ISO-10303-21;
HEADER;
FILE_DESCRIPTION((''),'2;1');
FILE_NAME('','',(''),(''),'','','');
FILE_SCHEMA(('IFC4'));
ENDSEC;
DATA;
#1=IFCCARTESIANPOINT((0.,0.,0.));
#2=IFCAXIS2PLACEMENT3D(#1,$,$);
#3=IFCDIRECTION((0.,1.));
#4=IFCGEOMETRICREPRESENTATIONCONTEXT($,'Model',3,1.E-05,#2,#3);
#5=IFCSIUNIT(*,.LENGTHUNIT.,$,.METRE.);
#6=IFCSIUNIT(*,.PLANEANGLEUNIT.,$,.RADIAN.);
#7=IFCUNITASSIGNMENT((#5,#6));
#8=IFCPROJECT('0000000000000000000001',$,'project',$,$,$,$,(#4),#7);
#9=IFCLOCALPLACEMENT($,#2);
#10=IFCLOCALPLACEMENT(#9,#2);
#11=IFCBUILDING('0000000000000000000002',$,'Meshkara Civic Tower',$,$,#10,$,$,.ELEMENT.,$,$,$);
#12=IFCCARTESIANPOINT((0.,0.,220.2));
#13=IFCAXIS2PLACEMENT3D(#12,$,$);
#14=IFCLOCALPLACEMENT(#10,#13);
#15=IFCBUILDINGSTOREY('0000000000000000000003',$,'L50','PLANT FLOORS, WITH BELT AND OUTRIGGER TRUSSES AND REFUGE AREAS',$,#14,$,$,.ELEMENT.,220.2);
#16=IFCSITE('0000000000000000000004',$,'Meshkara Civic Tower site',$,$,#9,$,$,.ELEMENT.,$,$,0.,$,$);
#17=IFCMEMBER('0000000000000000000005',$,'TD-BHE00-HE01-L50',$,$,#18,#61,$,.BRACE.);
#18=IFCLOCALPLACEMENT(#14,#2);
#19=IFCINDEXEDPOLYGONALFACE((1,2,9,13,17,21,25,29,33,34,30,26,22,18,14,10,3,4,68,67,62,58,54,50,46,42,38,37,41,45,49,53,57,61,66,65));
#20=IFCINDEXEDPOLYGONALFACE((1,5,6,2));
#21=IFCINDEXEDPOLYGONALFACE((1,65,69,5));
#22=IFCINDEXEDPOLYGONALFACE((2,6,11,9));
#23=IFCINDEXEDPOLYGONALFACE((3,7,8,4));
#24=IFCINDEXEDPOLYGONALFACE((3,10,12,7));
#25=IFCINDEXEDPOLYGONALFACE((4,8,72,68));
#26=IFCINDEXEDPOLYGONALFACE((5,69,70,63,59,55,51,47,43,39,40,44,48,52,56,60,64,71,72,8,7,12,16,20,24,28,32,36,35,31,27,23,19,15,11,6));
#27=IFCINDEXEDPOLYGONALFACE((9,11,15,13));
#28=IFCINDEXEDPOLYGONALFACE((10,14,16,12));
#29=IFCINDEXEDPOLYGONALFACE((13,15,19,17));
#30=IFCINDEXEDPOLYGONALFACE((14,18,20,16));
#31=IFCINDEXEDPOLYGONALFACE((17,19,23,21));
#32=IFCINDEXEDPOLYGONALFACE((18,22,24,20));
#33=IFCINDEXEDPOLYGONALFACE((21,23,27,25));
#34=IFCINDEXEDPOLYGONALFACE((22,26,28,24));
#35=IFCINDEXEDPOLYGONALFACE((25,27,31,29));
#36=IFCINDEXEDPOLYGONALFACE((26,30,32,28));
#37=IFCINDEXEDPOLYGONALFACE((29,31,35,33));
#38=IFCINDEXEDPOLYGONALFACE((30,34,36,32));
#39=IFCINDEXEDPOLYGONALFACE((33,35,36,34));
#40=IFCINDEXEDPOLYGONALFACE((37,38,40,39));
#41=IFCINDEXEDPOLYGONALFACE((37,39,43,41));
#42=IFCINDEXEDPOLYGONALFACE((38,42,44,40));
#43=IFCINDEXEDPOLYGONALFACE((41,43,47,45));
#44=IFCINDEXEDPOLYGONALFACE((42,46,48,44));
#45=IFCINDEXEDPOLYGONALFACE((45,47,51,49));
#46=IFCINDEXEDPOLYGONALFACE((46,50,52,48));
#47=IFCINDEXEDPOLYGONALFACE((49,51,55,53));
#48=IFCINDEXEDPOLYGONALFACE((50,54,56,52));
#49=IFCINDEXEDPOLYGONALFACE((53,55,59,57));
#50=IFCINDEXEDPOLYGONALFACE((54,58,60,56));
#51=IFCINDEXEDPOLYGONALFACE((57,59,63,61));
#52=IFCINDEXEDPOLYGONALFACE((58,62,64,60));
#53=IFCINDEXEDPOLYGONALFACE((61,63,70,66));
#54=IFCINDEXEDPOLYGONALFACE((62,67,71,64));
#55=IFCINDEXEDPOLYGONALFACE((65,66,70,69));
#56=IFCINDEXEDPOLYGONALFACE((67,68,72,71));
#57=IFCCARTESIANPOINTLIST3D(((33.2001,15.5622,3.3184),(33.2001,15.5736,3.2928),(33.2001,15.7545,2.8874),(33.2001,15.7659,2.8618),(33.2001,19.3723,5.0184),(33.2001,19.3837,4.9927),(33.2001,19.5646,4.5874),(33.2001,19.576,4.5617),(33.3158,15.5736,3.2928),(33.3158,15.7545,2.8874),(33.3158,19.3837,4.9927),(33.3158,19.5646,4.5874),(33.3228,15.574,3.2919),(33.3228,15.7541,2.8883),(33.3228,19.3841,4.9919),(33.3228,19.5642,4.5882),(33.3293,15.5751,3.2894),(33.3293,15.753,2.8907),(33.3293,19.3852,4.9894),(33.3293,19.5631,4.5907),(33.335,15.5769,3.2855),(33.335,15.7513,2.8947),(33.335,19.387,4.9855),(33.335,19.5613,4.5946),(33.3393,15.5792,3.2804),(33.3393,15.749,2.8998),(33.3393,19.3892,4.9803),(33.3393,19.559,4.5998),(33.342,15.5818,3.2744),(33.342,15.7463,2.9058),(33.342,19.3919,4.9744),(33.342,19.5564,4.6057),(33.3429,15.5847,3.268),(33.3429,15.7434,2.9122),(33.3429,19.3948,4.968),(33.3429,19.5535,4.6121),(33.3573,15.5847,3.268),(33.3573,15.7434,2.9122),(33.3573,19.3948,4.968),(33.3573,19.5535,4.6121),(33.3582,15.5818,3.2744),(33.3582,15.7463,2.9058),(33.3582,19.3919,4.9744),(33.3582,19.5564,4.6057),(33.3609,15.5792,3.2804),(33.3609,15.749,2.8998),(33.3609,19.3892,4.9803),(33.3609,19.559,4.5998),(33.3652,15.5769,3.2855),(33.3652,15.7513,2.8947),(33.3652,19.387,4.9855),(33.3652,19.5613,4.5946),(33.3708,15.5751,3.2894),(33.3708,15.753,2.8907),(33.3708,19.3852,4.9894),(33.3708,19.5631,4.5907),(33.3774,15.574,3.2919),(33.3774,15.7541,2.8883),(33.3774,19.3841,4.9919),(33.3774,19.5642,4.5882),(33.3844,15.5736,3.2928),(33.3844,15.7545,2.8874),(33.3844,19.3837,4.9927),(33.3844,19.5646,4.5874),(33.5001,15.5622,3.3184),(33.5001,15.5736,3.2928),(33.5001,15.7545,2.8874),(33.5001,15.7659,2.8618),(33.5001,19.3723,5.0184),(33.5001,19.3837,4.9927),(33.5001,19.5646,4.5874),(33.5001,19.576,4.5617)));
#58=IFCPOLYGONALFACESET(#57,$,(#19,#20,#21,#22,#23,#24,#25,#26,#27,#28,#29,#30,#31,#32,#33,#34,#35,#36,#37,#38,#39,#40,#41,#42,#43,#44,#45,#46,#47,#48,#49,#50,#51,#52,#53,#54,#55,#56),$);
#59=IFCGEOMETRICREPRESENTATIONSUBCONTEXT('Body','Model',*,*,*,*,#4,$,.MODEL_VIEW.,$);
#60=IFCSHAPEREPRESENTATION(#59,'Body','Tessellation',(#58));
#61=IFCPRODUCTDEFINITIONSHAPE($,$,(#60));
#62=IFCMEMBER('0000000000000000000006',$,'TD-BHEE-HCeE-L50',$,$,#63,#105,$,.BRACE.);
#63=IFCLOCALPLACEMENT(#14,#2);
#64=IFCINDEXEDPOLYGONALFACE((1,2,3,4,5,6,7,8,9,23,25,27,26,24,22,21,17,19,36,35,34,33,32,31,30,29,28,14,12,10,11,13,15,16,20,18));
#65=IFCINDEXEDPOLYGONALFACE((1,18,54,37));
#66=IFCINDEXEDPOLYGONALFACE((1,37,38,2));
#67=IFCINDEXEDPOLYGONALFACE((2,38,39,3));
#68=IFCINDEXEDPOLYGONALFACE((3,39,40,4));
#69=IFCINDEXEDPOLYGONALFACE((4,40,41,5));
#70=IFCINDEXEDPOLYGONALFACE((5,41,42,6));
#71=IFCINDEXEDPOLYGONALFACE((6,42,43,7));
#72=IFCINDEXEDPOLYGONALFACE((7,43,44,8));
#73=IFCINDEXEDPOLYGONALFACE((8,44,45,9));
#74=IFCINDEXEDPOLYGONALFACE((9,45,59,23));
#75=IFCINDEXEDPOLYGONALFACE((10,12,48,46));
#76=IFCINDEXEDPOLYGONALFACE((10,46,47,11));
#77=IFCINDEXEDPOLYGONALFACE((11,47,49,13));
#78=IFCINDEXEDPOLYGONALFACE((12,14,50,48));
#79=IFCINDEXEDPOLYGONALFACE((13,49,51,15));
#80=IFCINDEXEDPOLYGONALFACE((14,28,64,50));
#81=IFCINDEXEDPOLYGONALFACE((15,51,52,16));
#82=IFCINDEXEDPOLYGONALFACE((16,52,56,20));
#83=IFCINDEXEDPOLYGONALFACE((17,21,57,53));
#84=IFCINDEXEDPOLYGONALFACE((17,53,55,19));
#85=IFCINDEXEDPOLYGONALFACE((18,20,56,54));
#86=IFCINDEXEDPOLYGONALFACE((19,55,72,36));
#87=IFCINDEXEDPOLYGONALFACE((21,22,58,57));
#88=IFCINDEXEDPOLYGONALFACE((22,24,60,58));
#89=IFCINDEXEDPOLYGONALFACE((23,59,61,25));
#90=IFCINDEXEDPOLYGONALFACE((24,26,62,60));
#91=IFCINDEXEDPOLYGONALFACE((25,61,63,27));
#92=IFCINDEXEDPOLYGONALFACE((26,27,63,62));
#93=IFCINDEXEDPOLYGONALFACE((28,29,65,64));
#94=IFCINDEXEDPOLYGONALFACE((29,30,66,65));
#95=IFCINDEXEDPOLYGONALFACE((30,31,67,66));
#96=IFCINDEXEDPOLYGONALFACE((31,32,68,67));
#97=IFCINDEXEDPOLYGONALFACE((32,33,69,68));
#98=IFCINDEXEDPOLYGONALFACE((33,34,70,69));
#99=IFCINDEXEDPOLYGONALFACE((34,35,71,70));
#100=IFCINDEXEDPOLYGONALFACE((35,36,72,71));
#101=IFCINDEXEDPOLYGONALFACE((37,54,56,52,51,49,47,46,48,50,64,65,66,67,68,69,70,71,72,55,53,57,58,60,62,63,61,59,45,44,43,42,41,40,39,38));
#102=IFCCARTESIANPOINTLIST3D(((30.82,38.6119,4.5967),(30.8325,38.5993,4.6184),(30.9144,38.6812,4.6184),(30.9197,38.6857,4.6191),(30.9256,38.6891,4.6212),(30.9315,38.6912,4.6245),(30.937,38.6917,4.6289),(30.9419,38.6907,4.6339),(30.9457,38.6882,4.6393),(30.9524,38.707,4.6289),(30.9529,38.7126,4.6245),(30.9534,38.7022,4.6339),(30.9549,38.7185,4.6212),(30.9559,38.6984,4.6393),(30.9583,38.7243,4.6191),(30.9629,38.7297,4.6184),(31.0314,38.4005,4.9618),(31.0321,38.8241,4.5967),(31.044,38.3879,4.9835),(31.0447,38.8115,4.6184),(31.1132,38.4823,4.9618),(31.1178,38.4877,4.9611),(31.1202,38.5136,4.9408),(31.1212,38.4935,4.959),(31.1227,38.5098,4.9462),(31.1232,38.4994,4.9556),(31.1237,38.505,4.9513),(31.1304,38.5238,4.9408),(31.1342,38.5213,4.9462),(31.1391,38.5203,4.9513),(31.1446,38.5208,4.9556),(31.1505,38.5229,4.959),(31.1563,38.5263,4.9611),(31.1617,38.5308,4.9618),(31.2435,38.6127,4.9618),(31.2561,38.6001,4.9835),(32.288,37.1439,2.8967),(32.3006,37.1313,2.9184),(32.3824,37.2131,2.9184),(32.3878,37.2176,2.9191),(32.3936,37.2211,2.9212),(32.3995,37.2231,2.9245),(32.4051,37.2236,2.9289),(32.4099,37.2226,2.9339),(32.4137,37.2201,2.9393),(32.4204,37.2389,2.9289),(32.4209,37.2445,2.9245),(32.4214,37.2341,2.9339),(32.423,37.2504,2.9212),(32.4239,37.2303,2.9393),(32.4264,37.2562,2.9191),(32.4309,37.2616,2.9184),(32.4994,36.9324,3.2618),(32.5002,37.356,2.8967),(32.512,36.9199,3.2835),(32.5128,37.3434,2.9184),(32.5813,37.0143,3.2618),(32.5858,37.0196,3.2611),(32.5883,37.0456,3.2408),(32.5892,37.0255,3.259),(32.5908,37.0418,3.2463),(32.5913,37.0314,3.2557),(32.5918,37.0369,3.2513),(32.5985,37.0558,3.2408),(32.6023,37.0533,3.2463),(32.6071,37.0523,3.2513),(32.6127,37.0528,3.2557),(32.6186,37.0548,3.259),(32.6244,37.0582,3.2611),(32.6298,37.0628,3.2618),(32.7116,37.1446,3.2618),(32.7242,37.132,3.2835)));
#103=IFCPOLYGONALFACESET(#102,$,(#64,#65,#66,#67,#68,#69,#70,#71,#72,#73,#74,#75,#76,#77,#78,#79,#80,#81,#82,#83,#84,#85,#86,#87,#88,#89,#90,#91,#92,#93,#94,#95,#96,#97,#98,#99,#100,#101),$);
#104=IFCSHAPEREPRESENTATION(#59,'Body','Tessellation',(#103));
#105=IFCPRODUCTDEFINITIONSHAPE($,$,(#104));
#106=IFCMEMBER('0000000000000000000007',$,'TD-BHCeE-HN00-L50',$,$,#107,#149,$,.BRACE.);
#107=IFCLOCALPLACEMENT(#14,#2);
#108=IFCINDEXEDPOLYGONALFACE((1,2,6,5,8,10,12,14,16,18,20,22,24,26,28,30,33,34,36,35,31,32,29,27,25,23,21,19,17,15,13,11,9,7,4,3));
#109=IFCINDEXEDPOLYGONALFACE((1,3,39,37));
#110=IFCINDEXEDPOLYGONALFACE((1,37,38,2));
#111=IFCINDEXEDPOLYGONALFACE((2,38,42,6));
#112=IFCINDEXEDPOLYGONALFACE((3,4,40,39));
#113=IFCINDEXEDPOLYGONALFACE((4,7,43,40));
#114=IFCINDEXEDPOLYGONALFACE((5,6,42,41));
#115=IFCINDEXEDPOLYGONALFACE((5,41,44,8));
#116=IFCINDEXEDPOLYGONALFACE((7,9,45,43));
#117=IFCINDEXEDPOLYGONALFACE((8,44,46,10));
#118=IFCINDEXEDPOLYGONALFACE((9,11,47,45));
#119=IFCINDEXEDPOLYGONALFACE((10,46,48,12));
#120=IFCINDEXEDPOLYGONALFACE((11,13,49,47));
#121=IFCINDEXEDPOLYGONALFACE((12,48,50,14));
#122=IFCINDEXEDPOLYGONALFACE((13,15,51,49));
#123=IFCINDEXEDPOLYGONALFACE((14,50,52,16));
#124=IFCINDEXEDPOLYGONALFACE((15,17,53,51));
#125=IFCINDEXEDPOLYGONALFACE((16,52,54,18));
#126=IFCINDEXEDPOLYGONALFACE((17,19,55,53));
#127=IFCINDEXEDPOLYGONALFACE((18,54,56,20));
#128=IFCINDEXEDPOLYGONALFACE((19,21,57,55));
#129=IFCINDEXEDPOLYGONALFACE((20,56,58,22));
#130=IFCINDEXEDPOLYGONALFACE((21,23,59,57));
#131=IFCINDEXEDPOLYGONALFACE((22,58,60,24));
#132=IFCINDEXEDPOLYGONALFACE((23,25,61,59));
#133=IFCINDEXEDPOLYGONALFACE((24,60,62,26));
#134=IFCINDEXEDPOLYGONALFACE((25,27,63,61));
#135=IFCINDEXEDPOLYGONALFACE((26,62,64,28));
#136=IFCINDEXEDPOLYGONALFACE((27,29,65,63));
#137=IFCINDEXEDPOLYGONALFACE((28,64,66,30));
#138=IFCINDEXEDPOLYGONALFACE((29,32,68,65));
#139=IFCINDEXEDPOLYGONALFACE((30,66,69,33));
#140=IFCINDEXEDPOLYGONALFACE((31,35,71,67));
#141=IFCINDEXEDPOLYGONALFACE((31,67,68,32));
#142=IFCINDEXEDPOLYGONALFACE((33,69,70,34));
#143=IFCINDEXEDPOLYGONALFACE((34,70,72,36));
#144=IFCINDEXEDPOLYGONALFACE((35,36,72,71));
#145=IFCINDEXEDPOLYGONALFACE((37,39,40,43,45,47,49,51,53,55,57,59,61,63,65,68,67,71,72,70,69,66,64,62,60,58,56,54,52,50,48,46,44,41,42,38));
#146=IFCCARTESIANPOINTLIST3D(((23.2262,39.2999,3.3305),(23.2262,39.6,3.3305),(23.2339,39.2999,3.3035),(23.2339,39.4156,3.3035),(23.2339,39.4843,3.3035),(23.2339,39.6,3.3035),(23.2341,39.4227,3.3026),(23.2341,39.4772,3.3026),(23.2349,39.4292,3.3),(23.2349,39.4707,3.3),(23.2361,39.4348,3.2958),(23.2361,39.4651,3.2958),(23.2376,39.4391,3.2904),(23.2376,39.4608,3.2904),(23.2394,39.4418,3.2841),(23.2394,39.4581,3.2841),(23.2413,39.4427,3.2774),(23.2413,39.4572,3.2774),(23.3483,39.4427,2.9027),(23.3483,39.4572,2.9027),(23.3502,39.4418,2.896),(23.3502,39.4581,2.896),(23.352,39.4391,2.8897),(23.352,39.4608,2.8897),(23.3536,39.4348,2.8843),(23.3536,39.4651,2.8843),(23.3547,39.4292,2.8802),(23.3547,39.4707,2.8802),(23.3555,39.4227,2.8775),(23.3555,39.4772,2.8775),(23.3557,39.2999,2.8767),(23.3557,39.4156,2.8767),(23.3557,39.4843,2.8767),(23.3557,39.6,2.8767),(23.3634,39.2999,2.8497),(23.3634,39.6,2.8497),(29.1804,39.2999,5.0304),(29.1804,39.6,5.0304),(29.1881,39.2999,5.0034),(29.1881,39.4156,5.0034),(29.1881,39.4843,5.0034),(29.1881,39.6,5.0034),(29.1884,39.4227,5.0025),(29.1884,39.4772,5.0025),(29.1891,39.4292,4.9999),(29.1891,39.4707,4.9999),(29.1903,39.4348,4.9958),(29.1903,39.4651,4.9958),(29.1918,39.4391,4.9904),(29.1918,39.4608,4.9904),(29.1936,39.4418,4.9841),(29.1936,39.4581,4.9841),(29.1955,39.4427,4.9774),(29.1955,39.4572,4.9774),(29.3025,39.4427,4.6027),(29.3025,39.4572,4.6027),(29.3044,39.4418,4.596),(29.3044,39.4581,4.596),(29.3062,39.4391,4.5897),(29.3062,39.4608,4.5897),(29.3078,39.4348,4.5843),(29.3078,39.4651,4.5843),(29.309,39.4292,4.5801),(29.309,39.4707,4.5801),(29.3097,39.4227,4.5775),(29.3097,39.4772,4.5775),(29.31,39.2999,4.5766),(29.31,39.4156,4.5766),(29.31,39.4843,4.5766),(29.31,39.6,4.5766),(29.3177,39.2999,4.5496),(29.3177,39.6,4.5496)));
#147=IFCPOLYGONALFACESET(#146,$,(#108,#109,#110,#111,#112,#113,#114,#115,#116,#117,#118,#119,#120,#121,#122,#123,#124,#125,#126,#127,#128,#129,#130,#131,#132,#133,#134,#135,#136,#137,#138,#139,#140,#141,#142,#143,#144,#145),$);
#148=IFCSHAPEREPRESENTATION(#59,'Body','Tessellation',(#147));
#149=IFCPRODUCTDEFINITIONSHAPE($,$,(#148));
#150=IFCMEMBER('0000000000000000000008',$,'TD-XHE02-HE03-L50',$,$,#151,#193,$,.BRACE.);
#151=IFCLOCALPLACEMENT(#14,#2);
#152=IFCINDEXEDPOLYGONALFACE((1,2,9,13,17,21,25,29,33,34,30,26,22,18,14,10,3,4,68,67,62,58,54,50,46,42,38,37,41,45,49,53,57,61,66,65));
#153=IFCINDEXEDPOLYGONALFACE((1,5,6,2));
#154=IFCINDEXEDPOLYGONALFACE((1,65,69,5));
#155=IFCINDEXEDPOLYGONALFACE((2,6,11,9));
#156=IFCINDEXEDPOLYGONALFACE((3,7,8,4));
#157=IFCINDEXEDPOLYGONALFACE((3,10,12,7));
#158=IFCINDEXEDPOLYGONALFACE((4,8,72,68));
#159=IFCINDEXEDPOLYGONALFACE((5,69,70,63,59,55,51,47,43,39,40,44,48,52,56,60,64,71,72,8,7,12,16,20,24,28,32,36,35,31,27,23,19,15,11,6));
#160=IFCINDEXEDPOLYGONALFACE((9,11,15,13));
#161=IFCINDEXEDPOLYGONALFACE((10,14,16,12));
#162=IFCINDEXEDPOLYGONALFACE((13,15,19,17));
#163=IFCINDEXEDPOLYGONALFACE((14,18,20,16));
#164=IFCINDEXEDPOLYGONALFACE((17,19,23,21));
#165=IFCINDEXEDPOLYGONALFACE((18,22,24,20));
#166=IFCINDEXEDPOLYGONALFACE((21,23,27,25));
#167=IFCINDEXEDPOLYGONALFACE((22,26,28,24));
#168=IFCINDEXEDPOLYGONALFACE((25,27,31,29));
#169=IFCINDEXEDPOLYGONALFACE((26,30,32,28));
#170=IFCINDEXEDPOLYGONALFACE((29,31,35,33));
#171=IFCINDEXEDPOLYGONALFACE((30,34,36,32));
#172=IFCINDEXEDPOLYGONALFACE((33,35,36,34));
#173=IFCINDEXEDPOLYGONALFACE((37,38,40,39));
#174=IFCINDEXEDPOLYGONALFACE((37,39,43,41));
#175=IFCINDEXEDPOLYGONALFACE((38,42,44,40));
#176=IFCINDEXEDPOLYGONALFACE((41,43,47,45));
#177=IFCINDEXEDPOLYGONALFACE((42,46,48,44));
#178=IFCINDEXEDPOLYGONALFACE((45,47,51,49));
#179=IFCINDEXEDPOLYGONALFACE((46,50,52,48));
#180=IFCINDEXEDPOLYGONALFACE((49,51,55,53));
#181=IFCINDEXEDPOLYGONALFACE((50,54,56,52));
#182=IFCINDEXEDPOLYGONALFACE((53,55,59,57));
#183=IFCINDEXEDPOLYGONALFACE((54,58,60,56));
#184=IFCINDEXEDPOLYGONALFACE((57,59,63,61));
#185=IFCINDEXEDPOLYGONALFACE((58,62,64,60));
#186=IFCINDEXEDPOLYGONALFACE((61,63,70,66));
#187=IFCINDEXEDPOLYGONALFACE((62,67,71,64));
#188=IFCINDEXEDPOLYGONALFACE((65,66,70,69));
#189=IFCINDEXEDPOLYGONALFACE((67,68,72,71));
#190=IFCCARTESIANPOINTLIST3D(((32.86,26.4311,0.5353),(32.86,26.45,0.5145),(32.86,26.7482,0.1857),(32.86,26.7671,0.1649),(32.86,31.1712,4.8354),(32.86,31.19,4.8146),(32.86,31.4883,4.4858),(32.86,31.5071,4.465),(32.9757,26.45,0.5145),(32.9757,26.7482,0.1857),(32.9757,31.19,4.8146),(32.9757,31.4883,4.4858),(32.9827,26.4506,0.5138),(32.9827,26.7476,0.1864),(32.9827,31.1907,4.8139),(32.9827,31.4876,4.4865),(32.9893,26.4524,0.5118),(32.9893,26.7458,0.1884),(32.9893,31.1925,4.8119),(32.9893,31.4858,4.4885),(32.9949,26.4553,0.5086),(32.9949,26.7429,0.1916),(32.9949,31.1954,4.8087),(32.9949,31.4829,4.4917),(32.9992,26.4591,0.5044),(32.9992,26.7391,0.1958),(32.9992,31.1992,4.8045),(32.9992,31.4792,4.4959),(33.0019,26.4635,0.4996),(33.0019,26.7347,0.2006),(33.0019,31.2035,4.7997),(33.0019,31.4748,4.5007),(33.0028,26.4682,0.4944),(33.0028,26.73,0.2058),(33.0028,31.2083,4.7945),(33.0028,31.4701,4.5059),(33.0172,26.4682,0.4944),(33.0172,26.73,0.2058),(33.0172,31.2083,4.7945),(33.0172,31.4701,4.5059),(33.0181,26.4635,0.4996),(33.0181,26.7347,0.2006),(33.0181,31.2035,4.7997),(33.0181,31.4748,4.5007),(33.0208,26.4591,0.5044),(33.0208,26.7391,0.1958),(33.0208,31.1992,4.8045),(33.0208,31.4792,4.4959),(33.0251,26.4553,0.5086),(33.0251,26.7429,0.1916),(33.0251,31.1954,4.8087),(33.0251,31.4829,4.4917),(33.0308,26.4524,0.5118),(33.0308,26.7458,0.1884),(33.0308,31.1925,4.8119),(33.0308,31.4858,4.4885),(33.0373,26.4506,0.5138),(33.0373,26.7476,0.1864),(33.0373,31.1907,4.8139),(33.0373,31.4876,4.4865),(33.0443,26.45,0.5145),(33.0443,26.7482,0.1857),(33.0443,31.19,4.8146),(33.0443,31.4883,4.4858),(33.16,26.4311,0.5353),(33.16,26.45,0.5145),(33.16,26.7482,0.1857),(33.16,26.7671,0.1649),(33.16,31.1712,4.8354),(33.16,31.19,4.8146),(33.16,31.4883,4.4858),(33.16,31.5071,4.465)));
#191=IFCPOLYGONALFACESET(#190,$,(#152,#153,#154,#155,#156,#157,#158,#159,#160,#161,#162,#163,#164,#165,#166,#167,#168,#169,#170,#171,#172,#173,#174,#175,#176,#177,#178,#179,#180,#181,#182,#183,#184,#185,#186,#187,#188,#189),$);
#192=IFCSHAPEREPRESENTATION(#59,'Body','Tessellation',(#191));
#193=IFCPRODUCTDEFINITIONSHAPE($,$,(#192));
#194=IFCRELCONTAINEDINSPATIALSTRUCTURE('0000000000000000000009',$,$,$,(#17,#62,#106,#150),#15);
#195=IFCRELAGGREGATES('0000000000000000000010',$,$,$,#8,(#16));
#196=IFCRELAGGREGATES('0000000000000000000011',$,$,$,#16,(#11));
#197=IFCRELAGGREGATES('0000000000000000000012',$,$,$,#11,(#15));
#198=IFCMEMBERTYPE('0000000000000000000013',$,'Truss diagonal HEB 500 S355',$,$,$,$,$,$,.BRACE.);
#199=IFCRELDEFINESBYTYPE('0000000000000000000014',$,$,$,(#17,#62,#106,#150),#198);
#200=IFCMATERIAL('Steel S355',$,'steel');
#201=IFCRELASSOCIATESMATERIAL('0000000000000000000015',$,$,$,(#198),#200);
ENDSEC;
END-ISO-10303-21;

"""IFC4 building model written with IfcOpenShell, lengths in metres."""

from ifc_helpers import new_model, si_unit, direction, frame, origin, origin_2d, place, context, subcontext, project, spatial, i_section, extrude, material, material_profile, profile_set, type_object, element, save


model = new_model("IFC4")

# Units and contexts
model_context = context("Model", 3, precision=1e-05, world=origin(), true_north=direction((0.0, 1.0)))
body_context = subcontext(model_context, "Body", "Model", "MODEL_VIEW")
ifc_project = project(units=[si_unit("LENGTHUNIT", "METRE"), si_unit("PLANEANGLEUNIT", "RADIAN")], contexts=[model_context])

# Site, building, storey
site_placement = place(None, origin())
site = spatial("IfcSite", under=ifc_project, at=site_placement, Name="Meshkara Civic Tower site", CompositionType="ELEMENT", RefElevation=0.0)
building_placement = place(site_placement, origin())
building = spatial("IfcBuilding", under=site, at=building_placement, Name="Meshkara Civic Tower", CompositionType="ELEMENT")
storey_placement = place(building_placement, frame((0.0, 0.0, 220.2)))
storey = spatial("IfcBuildingStorey", under=building, at=storey_placement, Name="L50", Description="PLANT FLOORS, WITH BELT AND OUTRIGGER TRUSSES AND REFUGE AREAS", CompositionType="ELEMENT", Elevation=220.2)

# Members
ifc_material_1 = material(Name="Steel S355", Category="steel")
ifc_material_profile_1 = material_profile(ifc_material_1, i_section(OverallWidth=0.3, OverallDepth=0.5, WebThickness=0.0144, FlangeThickness=0.0281, FilletRadius=0.0271, at=origin_2d()))
ifc_profile_set_1 = profile_set([ifc_material_profile_1], Name="Steel S355")
member_type = type_object("IfcMemberType", Name="Truss diagonal HEB 500 S355", PredefinedType="BRACE", material=ifc_profile_set_1)
member_1_placement = place(storey_placement, frame((33.3501, 15.6641, 3.0901), z_axis=(0.0, 0.913224, 0.407457), x_axis=(-1.0, 0.0, 0.0)))
element("IfcMember", 1, at=member_1_placement, inside=storey, type_object=member_type, Name="TD-BHE00-HE01-L50", PredefinedType="BRACE", context=body_context, shape_type="SweptSolid", body=[
    extrude(i_section(OverallWidth=0.3, OverallDepth=0.5, WebThickness=0.0144, FlangeThickness=0.0281, FilletRadius=0.0271, at=origin_2d()), origin(), (0.0, 0.0, 1.0), 4.1721),
])
member_2_placement = place(storey_placement, frame((32.5061, 37.1379, 3.0901), z_axis=(-0.547098, 0.547098, 0.633535), x_axis=(-0.707107, -0.707107, 0.0)))
element("IfcMember", 2, at=member_2_placement, inside=storey, type_object=member_type, Name="TD-BHEE-HCeE-L50", PredefinedType="BRACE", context=body_context, shape_type="SweptSolid", body=[
    extrude(i_section(OverallWidth=0.3, OverallDepth=0.5, WebThickness=0.0144, FlangeThickness=0.0281, FilletRadius=0.0271, at=origin_2d()), origin(), (0.0, 0.0, 1.0), 2.6833),
])
member_3_placement = place(storey_placement, frame((29.249, 39.45, 4.79), z_axis=(-0.961576, 0.0, -0.274539), x_axis=(0.0, -1.0, 0.0)))
element("IfcMember", 3, at=member_3_placement, inside=storey, type_object=member_type, Name="TD-BHCeE-HN00-L50", PredefinedType="BRACE", context=body_context, shape_type="SweptSolid", body=[
    extrude(i_section(OverallWidth=0.3, OverallDepth=0.5, WebThickness=0.0144, FlangeThickness=0.0281, FilletRadius=0.0271, at=origin_2d()), origin(), (0.0, 0.0, 1.0), 6.1921),
])
member_4_placement = place(storey_placement, frame((33.01, 26.5991, 0.3501), z_axis=(0.0, 0.740642, 0.6719), x_axis=(-1.0, 0.0, 0.0)))
element("IfcMember", 4, at=member_4_placement, inside=storey, type_object=member_type, Name="TD-XHE02-HE03-L50", PredefinedType="BRACE", context=body_context, shape_type="SweptSolid", body=[
    extrude(i_section(OverallWidth=0.3, OverallDepth=0.5, WebThickness=0.0144, FlangeThickness=0.0281, FilletRadius=0.0271, at=origin_2d()), origin(), (0.0, 0.0, 1.0), 6.3999),
])

save(model, "model.ifc")
